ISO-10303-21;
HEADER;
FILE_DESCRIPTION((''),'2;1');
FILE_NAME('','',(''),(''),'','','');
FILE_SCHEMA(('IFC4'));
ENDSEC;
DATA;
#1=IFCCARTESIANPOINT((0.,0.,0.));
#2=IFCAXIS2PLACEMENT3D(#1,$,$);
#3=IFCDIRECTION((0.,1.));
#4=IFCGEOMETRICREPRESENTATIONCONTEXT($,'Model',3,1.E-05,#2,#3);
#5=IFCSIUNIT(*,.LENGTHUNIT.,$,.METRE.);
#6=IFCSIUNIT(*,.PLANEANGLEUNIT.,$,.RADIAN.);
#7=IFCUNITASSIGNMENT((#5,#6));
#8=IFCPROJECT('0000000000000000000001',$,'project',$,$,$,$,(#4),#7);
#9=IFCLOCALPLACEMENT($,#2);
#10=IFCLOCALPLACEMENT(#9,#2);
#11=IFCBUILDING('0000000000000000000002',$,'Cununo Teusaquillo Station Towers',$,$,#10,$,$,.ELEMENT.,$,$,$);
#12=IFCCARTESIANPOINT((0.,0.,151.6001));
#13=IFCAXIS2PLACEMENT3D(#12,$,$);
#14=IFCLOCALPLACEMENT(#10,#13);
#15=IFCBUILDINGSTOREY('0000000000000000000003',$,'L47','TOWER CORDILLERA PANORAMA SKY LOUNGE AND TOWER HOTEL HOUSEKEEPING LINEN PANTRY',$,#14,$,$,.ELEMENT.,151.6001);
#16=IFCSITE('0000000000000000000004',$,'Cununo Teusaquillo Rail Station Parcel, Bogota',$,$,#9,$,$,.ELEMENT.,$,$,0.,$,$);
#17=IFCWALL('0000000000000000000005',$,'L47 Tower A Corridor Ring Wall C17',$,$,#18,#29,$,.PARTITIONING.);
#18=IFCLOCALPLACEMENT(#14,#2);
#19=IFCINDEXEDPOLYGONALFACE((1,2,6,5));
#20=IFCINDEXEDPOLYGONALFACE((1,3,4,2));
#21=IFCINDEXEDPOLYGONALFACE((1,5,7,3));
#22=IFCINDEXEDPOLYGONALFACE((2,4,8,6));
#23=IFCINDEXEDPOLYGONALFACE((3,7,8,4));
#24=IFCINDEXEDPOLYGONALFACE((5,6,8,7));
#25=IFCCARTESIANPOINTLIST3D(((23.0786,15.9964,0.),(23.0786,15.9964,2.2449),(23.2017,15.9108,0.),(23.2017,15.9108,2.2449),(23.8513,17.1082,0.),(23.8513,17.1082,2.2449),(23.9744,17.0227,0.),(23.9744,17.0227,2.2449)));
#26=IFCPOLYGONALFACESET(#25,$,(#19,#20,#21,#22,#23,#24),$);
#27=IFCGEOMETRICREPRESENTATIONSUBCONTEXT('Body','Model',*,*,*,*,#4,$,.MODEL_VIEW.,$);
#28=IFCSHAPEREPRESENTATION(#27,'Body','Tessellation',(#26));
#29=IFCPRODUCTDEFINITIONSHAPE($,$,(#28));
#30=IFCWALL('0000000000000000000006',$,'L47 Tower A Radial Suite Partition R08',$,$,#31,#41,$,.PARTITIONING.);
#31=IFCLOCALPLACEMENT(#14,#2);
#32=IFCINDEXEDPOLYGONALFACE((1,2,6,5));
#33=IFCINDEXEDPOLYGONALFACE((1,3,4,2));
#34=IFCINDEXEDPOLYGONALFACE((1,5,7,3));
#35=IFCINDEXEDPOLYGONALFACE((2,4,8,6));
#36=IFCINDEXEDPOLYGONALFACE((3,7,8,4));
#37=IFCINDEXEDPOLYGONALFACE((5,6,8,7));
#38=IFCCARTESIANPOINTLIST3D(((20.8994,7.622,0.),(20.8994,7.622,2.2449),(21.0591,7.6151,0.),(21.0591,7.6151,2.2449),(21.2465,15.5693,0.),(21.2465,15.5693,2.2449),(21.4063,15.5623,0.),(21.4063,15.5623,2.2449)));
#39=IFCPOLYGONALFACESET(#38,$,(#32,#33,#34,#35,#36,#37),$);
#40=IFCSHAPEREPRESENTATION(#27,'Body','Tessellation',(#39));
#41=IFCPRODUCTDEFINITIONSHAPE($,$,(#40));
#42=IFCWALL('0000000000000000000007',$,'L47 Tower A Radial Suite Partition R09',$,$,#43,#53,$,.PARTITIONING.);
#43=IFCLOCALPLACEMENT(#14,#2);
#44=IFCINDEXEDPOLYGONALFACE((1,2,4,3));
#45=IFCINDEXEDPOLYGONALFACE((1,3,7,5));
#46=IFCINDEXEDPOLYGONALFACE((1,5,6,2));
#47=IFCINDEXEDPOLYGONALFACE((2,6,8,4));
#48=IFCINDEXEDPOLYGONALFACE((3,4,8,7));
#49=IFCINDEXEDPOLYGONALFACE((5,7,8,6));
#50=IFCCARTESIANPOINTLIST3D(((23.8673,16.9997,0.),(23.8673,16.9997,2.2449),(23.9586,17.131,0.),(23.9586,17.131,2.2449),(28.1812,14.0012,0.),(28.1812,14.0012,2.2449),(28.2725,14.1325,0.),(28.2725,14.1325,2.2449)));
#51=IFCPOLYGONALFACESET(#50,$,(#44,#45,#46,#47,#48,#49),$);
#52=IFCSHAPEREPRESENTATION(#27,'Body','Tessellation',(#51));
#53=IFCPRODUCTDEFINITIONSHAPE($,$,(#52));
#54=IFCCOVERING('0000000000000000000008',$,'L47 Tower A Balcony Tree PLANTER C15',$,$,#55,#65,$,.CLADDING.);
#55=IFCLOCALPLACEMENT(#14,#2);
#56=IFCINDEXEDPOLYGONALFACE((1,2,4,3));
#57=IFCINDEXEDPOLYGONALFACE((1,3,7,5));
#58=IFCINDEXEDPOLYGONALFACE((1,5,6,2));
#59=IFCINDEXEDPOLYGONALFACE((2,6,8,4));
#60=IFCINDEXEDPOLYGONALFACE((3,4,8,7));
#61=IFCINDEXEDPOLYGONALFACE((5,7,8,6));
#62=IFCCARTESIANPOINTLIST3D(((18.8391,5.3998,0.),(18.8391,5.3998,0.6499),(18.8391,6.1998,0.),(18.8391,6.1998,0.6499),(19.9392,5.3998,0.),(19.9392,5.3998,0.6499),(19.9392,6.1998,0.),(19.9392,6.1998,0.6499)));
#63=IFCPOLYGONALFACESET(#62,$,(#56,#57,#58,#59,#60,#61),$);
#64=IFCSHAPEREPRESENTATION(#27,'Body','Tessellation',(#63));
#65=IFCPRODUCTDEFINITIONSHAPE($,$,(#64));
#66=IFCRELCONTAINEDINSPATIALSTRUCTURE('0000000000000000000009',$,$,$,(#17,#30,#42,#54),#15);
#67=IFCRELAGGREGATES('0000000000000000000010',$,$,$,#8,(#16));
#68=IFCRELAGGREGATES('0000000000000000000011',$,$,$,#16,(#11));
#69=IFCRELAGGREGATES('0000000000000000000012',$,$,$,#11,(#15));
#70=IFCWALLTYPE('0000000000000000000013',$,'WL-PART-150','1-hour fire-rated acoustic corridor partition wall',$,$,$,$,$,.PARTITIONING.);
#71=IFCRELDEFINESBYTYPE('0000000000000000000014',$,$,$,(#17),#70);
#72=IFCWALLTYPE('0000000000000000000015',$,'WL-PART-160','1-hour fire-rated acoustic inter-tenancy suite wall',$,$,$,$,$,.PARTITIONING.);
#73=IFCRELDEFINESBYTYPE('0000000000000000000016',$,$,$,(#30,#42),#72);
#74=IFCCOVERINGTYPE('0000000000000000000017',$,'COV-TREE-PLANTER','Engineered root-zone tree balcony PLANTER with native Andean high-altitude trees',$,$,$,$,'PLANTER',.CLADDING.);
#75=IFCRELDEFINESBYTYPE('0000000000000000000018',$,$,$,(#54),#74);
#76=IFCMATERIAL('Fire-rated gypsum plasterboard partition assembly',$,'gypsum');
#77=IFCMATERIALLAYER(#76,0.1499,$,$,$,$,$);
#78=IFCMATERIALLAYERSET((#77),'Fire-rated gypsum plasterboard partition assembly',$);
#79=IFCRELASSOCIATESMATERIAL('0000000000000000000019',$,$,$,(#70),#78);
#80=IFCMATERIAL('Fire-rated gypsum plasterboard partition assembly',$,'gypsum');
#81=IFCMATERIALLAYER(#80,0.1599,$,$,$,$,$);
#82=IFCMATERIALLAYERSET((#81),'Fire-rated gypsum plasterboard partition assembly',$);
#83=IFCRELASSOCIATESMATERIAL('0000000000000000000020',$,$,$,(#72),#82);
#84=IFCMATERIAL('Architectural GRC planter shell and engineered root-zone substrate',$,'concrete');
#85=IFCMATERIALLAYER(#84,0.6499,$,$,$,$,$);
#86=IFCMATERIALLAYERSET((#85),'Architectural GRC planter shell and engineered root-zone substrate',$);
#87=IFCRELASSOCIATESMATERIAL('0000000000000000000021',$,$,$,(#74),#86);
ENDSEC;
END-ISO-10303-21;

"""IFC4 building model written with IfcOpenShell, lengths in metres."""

from ifc_helpers import new_model, si_unit, direction, frame, frame_2d, origin, origin_2d, place, context, subcontext, project, spatial, rectangle, extrude, source, transform, mapped, material, layer, layer_set, type_object, element, save


model = new_model("IFC4")

# Units and contexts
model_context = context("Model", 3, precision=1e-05, world=origin(), true_north=direction((0.0, 1.0)))
body_context = subcontext(model_context, "Body", "Model", "MODEL_VIEW")
ifc_project = project(units=[si_unit("LENGTHUNIT", "METRE"), si_unit("PLANEANGLEUNIT", "RADIAN")], contexts=[model_context])

# Site, building, storey
site_placement = place(None, origin())
site = spatial("IfcSite", under=ifc_project, at=site_placement, Name="Cununo Teusaquillo Rail Station Parcel, Bogota", CompositionType="ELEMENT", RefElevation=0.0)
building_placement = place(site_placement, origin())
building = spatial("IfcBuilding", under=site, at=building_placement, Name="Cununo Teusaquillo Station Towers", CompositionType="ELEMENT")
storey_placement = place(building_placement, frame((0.0, 0.0, 151.6001)))
storey = spatial("IfcBuildingStorey", under=building, at=storey_placement, Name="L47", Description="TOWER CORDILLERA PANORAMA SKY LOUNGE AND TOWER HOTEL HOUSEKEEPING LINEN PANTRY", CompositionType="ELEMENT", Elevation=151.6001)

# Shared definitions
ifc_material_1 = material(Name="Fire-rated gypsum plasterboard partition assembly", Category="gypsum")
ifc_layer_1 = layer(ifc_material_1, 0.1499)
ifc_layer_set_1 = layer_set([ifc_layer_1], Name="Fire-rated gypsum plasterboard partition assembly")
wall_type_1 = type_object("IfcWallType", Name="WL-PART-150", Description="1-hour fire-rated acoustic corridor partition wall", PredefinedType="PARTITIONING", material=ifc_layer_set_1)

# Walls
wall_1_placement = place(storey_placement, frame((23.1401, 15.9536, 0.0), z_axis=(0.0, 0.0, 1.0), x_axis=(0.5707, 0.821159, 0.0)))
element("IfcWall", 1, at=wall_1_placement, inside=storey, type_object=wall_type_1, Name="L47 Tower A Corridor Ring Wall C17", PredefinedType="PARTITIONING", context=body_context, shape_type="SweptSolid", body=[
    extrude(rectangle(XDim=1.354, YDim=0.1499, at=frame_2d((0.677, 0.0))), origin(), (0.0, 0.0, 1.0), 2.2449),
])
ifc_material_2 = material(Name="Fire-rated gypsum plasterboard partition assembly", Category="gypsum")
ifc_layer_2 = layer(ifc_material_2, 0.1599)
ifc_layer_set_2 = layer_set([ifc_layer_2], Name="Fire-rated gypsum plasterboard partition assembly")
wall_type_2 = type_object("IfcWallType", Name="WL-PART-160", Description="1-hour fire-rated acoustic inter-tenancy suite wall", PredefinedType="PARTITIONING", material=ifc_layer_set_2)
wall_2_placement = place(storey_placement, frame((21.3264, 15.5659, 0.0), z_axis=(0.0, 0.0, 1.0), x_axis=(-0.043642, -0.999047, 0.0)))
element("IfcWall", 2, at=wall_2_placement, inside=storey, type_object=wall_type_2, Name="L47 Tower A Radial Suite Partition R08", PredefinedType="PARTITIONING", context=body_context, shape_type="SweptSolid", body=[
    extrude(rectangle(XDim=7.9548, YDim=0.1599, at=frame_2d((3.9775, 0.0))), origin(), (0.0, 0.0, 1.0), 2.2449),
])
wall_3_placement = place(storey_placement, frame((23.9128, 17.0654, 0.0), z_axis=(0.0, 0.0, 1.0), x_axis=(0.821127, -0.570746, 0.0)))
element("IfcWall", 3, at=wall_3_placement, inside=storey, type_object=wall_type_2, Name="L47 Tower A Radial Suite Partition R09", PredefinedType="PARTITIONING", context=body_context, shape_type="SweptSolid", body=[
    extrude(rectangle(XDim=5.2537, YDim=0.1599, at=frame_2d((2.627, 0.0))), origin(), (0.0, 0.0, 1.0), 2.2449),
])

# Covering
ifc_material_3 = material(Name="Architectural GRC planter shell and engineered root-zone substrate", Category="concrete")
ifc_layer_3 = layer(ifc_material_3, 0.6499)
ifc_layer_set_3 = layer_set([ifc_layer_3], Name="Architectural GRC planter shell and engineered root-zone substrate")
covering_type = type_object("IfcCoveringType", Name="COV-TREE-PLANTER", Description="Engineered root-zone tree balcony PLANTER with native Andean high-altitude trees", ElementType="PLANTER", PredefinedType="CLADDING", material=ifc_layer_set_3)
shared_shape_1 = source(origin(), body_context, "Body", "SweptSolid", [
    extrude(rectangle(XDim=1.1001, YDim=0.8, at=origin_2d()), origin(), (0.0, 0.0, 1.0), 0.6499),
])
covering_placement = place(storey_placement, frame((19.3892, 5.7998, 0.0), z_axis=(0.0, 0.0, 1.0), x_axis=(1.0, 0.0, 0.0)))
element("IfcCovering", 4, at=covering_placement, inside=storey, type_object=covering_type, Name="L47 Tower A Balcony Tree PLANTER C15", PredefinedType="CLADDING", context=body_context, shape_type="MappedRepresentation", body=[
    mapped(shared_shape_1, transform((0.0, 0.0, 0.0), x_axis=(1.0, 0.0, 0.0), y_axis=(0.0, 1.0, 0.0), z_axis=(0.0, 0.0, 1.0), scale=1.0)),
])

save(model, "model.ifc")
